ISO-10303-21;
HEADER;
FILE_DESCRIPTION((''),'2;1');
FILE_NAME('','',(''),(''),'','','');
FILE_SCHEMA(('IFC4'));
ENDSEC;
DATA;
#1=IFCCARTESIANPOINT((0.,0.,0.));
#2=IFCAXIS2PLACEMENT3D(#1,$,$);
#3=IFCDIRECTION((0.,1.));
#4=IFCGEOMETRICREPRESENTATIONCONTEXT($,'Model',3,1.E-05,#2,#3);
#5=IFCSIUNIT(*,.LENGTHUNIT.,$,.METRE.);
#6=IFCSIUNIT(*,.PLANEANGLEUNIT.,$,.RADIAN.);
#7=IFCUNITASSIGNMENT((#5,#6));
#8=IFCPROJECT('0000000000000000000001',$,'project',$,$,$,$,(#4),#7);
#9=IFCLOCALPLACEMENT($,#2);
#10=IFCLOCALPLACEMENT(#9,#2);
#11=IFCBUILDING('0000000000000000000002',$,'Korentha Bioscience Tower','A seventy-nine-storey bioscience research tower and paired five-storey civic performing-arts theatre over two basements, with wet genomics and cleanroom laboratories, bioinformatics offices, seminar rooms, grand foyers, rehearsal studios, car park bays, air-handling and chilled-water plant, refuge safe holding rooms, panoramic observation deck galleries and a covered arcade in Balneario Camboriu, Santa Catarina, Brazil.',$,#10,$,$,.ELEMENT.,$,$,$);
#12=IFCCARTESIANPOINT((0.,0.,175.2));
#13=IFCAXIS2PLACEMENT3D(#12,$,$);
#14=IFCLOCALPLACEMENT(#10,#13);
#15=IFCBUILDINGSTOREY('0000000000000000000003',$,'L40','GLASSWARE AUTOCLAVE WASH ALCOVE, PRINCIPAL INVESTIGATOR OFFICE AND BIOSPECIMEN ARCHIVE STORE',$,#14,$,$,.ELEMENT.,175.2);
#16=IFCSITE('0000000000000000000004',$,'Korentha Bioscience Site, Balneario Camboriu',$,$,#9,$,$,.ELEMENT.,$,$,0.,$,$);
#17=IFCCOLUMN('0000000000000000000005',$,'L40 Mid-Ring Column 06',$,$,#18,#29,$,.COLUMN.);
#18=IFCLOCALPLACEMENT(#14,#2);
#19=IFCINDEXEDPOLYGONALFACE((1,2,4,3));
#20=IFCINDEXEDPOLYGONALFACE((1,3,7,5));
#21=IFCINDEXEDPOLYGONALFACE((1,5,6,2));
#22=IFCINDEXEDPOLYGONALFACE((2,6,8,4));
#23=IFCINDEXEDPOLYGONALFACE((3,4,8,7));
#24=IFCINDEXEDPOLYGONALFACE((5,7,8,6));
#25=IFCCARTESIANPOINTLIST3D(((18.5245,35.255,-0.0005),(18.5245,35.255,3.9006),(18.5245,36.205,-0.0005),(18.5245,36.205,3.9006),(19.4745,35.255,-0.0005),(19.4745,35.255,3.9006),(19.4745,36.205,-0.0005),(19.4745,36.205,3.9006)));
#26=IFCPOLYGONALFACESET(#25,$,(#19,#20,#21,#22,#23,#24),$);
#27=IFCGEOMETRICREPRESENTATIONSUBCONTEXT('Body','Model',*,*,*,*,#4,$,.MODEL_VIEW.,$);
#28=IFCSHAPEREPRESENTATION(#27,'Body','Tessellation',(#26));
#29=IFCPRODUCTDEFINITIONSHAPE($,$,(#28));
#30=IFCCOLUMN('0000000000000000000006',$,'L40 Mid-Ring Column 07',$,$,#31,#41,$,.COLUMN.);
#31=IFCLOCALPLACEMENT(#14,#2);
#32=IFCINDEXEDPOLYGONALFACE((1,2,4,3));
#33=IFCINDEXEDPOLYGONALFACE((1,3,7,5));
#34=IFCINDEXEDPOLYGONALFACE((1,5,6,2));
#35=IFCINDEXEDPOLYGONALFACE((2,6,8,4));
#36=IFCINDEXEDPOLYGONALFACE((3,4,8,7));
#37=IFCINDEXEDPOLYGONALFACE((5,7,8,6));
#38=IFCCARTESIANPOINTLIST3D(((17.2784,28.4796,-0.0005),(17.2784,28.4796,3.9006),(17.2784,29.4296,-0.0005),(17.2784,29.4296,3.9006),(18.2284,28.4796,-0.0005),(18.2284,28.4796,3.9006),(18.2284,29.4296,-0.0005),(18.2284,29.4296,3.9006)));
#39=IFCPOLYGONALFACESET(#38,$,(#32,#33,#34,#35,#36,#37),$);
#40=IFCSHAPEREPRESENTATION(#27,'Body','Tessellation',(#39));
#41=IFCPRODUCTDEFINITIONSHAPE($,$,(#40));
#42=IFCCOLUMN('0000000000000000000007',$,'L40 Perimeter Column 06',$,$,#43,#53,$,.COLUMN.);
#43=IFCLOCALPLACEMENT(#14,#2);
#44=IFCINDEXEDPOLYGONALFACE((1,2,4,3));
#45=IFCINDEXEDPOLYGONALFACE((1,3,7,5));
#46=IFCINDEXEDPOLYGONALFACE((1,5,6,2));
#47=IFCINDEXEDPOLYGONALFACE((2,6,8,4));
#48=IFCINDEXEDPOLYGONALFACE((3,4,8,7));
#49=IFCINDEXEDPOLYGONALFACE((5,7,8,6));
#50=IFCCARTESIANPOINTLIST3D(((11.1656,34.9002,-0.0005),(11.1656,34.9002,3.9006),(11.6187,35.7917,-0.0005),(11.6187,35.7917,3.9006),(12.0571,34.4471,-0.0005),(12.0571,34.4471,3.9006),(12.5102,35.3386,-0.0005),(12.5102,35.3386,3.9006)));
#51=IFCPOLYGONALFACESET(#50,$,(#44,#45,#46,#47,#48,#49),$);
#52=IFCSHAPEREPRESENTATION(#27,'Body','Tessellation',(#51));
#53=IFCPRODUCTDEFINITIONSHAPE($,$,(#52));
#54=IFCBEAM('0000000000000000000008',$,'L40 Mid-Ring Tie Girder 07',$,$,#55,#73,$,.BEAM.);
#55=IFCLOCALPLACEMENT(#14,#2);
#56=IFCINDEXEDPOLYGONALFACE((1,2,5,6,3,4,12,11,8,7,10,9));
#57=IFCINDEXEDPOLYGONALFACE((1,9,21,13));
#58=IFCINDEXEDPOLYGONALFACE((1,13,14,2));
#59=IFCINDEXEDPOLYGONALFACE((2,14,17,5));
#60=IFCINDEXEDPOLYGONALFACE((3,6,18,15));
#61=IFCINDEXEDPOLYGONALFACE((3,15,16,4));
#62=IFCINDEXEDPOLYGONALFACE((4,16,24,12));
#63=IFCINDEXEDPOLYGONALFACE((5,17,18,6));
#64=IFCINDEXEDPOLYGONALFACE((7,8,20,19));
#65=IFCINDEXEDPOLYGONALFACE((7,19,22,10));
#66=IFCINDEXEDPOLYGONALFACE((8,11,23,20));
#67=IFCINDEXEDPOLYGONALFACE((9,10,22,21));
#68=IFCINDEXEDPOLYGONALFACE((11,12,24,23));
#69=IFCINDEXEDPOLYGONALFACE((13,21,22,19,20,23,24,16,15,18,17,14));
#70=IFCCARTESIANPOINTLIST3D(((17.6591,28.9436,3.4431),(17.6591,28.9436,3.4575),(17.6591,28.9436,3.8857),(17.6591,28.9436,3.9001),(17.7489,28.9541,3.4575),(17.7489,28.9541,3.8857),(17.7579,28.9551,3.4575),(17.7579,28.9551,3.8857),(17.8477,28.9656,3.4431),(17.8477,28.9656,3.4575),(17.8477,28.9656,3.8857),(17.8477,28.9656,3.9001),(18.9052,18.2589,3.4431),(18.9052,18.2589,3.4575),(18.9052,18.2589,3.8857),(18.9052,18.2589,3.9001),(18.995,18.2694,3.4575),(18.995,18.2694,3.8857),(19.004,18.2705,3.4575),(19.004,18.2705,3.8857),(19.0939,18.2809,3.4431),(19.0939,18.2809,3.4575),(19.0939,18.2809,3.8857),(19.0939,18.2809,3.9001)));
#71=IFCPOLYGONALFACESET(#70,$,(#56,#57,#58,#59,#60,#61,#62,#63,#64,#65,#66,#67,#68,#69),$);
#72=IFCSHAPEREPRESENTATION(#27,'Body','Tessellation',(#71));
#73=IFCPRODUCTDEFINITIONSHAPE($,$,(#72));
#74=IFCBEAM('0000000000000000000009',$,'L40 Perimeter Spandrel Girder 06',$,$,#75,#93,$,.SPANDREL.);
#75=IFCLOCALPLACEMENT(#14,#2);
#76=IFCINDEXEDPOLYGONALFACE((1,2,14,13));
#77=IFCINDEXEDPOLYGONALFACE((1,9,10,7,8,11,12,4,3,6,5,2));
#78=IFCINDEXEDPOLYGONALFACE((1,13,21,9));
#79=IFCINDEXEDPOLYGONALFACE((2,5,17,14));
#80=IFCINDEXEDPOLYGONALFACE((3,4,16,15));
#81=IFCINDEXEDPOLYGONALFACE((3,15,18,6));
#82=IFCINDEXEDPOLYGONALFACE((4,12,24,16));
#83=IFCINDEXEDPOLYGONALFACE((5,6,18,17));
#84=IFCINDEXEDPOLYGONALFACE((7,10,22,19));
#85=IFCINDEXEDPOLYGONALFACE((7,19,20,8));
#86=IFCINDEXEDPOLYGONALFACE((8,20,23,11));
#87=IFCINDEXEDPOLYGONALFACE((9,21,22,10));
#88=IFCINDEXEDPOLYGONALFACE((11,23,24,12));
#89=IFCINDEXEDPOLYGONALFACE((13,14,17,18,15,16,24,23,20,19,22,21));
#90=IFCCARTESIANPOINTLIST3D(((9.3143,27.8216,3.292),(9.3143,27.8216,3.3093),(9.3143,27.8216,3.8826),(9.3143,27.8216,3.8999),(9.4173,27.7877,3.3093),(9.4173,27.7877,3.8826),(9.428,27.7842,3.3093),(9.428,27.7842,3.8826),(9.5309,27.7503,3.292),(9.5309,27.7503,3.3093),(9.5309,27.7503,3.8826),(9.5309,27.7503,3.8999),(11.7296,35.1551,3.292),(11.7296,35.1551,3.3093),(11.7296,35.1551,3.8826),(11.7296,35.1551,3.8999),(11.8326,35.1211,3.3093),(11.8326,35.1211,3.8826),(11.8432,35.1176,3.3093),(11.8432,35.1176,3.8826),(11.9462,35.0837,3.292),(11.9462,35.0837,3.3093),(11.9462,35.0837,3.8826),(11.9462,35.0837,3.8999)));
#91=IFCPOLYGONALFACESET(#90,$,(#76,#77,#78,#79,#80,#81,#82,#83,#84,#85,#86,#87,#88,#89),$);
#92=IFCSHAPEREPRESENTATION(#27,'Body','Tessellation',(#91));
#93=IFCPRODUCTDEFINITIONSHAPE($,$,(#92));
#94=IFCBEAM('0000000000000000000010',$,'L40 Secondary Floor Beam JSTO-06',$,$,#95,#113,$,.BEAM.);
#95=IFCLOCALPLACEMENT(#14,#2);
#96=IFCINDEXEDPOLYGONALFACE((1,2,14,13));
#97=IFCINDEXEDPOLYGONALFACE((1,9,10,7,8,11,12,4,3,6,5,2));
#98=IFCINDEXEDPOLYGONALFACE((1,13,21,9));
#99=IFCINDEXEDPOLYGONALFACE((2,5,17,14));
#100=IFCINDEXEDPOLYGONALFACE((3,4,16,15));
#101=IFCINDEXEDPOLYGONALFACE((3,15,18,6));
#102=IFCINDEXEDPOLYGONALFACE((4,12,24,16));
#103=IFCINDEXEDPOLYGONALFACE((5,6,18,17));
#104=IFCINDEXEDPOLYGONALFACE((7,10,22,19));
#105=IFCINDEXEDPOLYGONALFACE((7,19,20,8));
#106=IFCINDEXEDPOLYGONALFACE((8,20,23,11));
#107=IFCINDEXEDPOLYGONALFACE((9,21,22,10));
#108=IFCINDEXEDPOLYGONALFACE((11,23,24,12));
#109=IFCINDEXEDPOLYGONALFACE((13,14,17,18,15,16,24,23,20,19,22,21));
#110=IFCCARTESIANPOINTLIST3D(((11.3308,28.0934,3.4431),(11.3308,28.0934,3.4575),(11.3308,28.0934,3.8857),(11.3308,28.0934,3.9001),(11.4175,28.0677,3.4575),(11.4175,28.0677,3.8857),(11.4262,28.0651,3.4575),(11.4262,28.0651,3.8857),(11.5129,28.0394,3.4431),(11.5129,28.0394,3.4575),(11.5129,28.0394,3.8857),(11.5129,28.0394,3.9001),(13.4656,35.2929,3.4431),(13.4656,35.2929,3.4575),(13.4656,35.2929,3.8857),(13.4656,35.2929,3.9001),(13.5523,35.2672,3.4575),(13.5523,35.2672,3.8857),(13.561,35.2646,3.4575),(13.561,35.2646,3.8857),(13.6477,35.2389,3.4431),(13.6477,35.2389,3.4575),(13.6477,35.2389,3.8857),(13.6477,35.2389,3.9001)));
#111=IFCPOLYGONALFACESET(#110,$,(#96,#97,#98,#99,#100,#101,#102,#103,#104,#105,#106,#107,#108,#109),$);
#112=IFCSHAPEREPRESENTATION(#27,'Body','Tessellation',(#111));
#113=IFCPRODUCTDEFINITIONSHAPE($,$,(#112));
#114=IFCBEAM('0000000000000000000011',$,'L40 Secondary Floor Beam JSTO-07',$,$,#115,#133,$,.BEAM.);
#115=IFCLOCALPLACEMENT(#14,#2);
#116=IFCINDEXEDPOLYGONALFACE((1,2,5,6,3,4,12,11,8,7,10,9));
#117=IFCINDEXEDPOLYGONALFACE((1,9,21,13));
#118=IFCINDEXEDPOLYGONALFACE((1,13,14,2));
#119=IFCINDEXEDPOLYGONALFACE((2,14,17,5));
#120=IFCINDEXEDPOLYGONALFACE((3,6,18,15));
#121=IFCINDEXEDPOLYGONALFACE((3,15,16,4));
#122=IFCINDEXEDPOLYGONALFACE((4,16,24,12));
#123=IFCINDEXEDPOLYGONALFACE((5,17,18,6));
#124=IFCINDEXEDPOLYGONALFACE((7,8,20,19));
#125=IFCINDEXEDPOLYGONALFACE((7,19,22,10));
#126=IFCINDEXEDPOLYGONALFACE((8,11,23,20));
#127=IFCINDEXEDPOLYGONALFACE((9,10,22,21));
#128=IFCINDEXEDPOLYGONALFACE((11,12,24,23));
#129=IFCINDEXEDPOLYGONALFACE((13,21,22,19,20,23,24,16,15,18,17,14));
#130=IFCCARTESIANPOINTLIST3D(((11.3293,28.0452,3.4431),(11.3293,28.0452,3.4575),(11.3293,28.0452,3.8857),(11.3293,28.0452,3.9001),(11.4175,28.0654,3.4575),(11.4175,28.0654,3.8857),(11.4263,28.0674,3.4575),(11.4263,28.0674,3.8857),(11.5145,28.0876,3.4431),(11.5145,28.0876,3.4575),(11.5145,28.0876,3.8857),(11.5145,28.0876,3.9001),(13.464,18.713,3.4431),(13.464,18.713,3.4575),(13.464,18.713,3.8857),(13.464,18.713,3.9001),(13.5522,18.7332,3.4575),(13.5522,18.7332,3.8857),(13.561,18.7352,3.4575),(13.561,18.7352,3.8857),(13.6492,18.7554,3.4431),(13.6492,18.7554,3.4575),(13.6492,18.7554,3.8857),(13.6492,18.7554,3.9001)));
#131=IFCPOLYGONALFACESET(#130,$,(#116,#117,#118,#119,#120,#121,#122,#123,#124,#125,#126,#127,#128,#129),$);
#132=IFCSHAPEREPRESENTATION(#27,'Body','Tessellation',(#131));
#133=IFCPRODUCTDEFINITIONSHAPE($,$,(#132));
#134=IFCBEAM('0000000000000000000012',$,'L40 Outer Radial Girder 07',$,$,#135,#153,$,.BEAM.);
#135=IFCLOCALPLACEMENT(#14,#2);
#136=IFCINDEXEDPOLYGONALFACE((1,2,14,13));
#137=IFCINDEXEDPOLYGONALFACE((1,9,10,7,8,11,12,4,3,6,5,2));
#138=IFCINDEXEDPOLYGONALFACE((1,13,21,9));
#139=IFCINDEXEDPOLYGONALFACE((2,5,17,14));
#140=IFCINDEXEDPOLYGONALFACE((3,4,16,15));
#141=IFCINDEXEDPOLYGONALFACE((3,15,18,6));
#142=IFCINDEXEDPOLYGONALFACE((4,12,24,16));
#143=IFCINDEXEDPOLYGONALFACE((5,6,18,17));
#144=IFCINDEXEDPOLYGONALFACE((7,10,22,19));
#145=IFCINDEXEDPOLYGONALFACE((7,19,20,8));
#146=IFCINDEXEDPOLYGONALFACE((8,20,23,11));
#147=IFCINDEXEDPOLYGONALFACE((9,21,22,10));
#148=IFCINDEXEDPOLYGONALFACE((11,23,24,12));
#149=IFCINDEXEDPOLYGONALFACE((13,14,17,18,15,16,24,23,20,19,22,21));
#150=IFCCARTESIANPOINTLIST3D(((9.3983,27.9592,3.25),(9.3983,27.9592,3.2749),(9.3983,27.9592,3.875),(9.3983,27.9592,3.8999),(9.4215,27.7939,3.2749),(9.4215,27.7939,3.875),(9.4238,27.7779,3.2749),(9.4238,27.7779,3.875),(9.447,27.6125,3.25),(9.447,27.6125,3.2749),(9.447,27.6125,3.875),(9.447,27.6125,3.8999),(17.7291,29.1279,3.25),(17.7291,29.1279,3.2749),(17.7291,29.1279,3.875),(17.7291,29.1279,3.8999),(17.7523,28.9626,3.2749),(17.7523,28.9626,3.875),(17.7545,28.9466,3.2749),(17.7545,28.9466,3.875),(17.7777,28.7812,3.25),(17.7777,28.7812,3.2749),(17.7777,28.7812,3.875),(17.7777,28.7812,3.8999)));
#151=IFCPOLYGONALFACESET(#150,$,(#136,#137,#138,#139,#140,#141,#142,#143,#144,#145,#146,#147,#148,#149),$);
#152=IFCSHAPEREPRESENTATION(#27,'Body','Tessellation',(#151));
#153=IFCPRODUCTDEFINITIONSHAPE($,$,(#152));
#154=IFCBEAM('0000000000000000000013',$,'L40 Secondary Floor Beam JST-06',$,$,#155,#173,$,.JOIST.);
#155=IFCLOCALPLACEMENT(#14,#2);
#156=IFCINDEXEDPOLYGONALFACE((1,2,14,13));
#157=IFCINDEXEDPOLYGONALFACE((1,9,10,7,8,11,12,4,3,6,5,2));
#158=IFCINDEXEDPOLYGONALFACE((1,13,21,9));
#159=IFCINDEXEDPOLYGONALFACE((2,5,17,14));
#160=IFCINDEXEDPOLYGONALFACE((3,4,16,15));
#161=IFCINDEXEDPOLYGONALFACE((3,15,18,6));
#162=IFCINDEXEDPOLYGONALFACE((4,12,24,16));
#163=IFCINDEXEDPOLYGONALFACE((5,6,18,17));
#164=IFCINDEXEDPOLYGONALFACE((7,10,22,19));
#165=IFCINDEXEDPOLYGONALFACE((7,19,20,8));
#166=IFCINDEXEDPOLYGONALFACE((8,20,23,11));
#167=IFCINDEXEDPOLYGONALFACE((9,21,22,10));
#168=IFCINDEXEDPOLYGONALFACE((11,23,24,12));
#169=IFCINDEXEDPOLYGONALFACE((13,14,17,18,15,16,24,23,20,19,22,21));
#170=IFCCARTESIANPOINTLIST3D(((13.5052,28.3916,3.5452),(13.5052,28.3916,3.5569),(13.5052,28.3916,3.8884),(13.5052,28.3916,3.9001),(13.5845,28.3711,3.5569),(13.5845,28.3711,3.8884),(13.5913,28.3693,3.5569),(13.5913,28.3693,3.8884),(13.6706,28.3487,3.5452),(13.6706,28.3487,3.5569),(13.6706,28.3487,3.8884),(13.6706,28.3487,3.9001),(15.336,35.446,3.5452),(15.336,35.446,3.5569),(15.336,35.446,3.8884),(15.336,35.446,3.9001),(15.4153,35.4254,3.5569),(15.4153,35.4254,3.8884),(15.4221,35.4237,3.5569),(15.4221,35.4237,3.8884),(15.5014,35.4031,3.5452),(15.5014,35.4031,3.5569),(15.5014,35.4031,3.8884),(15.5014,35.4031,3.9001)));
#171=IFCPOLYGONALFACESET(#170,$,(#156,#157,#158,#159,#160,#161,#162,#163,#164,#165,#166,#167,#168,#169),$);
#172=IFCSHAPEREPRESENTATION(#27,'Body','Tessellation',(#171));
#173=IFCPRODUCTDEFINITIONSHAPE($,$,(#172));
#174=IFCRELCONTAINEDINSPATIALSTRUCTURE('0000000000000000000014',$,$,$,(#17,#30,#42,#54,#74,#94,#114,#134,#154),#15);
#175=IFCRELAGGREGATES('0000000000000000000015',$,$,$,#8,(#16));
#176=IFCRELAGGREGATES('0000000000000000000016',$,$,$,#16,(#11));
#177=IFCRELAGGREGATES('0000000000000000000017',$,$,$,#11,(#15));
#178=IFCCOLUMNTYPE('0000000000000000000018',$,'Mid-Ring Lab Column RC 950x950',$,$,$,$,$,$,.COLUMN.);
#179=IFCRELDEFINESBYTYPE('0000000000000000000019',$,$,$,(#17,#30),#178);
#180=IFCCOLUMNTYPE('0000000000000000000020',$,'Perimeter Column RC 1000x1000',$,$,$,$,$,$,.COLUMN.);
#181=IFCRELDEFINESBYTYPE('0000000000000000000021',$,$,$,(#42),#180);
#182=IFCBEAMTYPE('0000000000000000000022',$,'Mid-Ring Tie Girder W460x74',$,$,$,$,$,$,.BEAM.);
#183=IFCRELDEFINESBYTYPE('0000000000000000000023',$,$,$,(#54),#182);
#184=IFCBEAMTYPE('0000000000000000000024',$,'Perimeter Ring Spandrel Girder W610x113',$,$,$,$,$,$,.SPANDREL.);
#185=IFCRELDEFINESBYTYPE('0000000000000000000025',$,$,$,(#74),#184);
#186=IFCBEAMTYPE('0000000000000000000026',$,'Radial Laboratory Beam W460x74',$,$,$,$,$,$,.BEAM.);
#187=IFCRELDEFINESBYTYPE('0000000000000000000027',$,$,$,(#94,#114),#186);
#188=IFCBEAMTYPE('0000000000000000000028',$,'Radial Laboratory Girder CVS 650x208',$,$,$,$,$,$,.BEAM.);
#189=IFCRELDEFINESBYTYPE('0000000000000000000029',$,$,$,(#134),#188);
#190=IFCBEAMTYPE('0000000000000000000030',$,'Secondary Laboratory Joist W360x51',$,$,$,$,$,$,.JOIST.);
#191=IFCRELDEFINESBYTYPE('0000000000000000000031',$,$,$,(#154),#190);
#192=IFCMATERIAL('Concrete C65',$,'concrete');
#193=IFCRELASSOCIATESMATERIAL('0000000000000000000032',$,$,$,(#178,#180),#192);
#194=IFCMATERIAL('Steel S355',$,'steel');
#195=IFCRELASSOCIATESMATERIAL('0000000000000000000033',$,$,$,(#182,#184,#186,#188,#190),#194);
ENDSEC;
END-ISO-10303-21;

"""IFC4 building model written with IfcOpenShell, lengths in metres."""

from ifc_helpers import new_model, si_unit, direction, frame, origin, origin_2d, place, context, subcontext, project, spatial, rectangle, i_section, extrude, material, material_profile, profile_set, type_object, element, save


model = new_model("IFC4")

# Units and contexts
model_context = context("Model", 3, precision=1e-05, world=origin(), true_north=direction((0.0, 1.0)))
body_context = subcontext(model_context, "Body", "Model", "MODEL_VIEW")
ifc_project = project(units=[si_unit("LENGTHUNIT", "METRE"), si_unit("PLANEANGLEUNIT", "RADIAN")], contexts=[model_context])

# Site, building, storey
site_placement = place(None, origin())
site = spatial("IfcSite", under=ifc_project, at=site_placement, Name="Korentha Bioscience Site, Balneario Camboriu", CompositionType="ELEMENT", RefElevation=0.0)
building_placement = place(site_placement, origin())
building = spatial("IfcBuilding", under=site, at=building_placement, Name="Korentha Bioscience Tower", Description="A seventy-nine-storey bioscience research tower and paired five-storey civic performing-arts theatre over two basements, with wet genomics and cleanroom laboratories, bioinformatics offices, seminar rooms, grand foyers, rehearsal studios, car park bays, air-handling and chilled-water plant, refuge safe holding rooms, panoramic observation deck galleries and a covered arcade in Balneario Camboriu, Santa Catarina, Brazil.", CompositionType="ELEMENT")
storey_placement = place(building_placement, frame((0.0, 0.0, 175.2)))
storey = spatial("IfcBuildingStorey", under=building, at=storey_placement, Name="L40", Description="GLASSWARE AUTOCLAVE WASH ALCOVE, PRINCIPAL INVESTIGATOR OFFICE AND BIOSPECIMEN ARCHIVE STORE", CompositionType="ELEMENT", Elevation=175.2)

# Columns
ifc_material_1 = material(Name="Concrete C65", Category="concrete")
ifc_material_profile_1 = material_profile(ifc_material_1, rectangle(XDim=0.95, YDim=0.95, at=origin_2d()), Name="Concrete C65")
ifc_profile_set_1 = profile_set([ifc_material_profile_1], Name="Concrete C65 (COL-MR09)")
column_type_1 = type_object("IfcColumnType", Name="Mid-Ring Lab Column RC 950x950", PredefinedType="COLUMN", material=ifc_profile_set_1)
for number, where, z_axis, x_axis, name in (
    (1, (18.9995, 35.73, -0.0005), (0.0, 0.0, 1.0), (1.0, 0.0, 0.0), "L40 Mid-Ring Column 06"),
    (2, (17.7534, 28.9546, -0.0005), (0.0, 0.0, 1.0), (1.0, 0.0, 0.0), "L40 Mid-Ring Column 07"),
):
    element("IfcColumn", number, at=place(storey_placement, frame(where, z_axis=z_axis, x_axis=x_axis)), inside=storey, type_object=column_type_1, Name=name, PredefinedType="COLUMN", context=body_context, shape_type="SweptSolid", body=[
        extrude(rectangle(XDim=0.95, YDim=0.95, at=origin_2d()), origin(), (0.0, 0.0, 1.0), 3.9011),
    ])
ifc_material_profile_2 = material_profile(ifc_material_1, rectangle(XDim=1.0, YDim=1.0, at=origin_2d()), Name="Concrete C65")
ifc_profile_set_2 = profile_set([ifc_material_profile_2], Name="Concrete C65 (COL-P10)")
column_type_2 = type_object("IfcColumnType", Name="Perimeter Column RC 1000x1000", PredefinedType="COLUMN", material=ifc_profile_set_2)
column_placement = place(storey_placement, frame((11.8379, 35.1194, -0.0005), z_axis=(0.0, 0.0, 1.0), x_axis=(0.453057, 0.891481, 0.0)))
element("IfcColumn", 3, at=column_placement, inside=storey, type_object=column_type_2, Name="L40 Perimeter Column 06", PredefinedType="COLUMN", context=body_context, shape_type="SweptSolid", body=[
    extrude(rectangle(XDim=1.0, YDim=1.0, at=origin_2d()), origin(), (0.0, 0.0, 1.0), 3.9011),
])

# Beams
ifc_material_2 = material(Name="Steel S355", Category="steel")
ifc_material_profile_3 = material_profile(ifc_material_2, i_section(OverallWidth=0.1899, OverallDepth=0.457, WebThickness=0.009, FlangeThickness=0.0144, at=origin_2d()), Name="Steel S355")
ifc_profile_set_3 = profile_set([ifc_material_profile_3], Name="Steel S355 (MB-460)")
beam_type_1 = type_object("IfcBeamType", Name="Mid-Ring Tie Girder W460x74", PredefinedType="BEAM", material=ifc_profile_set_3)
beam_1_placement = place(storey_placement, frame((17.7534, 28.9546, 3.6716), z_axis=(0.11584, -0.993268, 0.0), x_axis=(0.993268, 0.11584, 0.0)))
element("IfcBeam", 4, at=beam_1_placement, inside=storey, type_object=beam_type_1, Name="L40 Mid-Ring Tie Girder 07", PredefinedType="BEAM", context=body_context, shape_type="SweptSolid", body=[
    extrude(i_section(OverallWidth=0.1899, OverallDepth=0.457, WebThickness=0.009, FlangeThickness=0.0144, at=origin_2d()), origin(), (0.0, 0.0, 1.0), 10.7571),
])
ifc_material_profile_4 = material_profile(ifc_material_2, i_section(OverallWidth=0.228, OverallDepth=0.6079, WebThickness=0.0112, FlangeThickness=0.0173, at=origin_2d()), Name="Steel S355")
ifc_profile_set_4 = profile_set([ifc_material_profile_4], Name="Steel S355 (SB-610)")
beam_type_2 = type_object("IfcBeamType", Name="Perimeter Ring Spandrel Girder W610x113", PredefinedType="SPANDREL", material=ifc_profile_set_4)
beam_2_placement = place(storey_placement, frame((11.8379, 35.1194, 3.5959), z_axis=(-0.31282, -0.949812, 0.0), x_axis=(0.949812, -0.31282, 0.0)))
element("IfcBeam", 5, at=beam_2_placement, inside=storey, type_object=beam_type_2, Name="L40 Perimeter Spandrel Girder 06", PredefinedType="SPANDREL", context=body_context, shape_type="SweptSolid", body=[
    extrude(i_section(OverallWidth=0.228, OverallDepth=0.6079, WebThickness=0.0112, FlangeThickness=0.0173, at=origin_2d()), origin(), (0.0, 0.0, 1.0), 7.7209),
])
ifc_material_profile_5 = material_profile(ifc_material_2, i_section(OverallWidth=0.1899, OverallDepth=0.457, WebThickness=0.009, FlangeThickness=0.0144, at=origin_2d()), Name="Steel S355")
ifc_profile_set_5 = profile_set([ifc_material_profile_5], Name="Steel S355 (RB-460)")
beam_type_3 = type_object("IfcBeamType", Name="Radial Laboratory Beam W460x74", PredefinedType="BEAM", material=ifc_profile_set_5)
beam_3_placement = place(storey_placement, frame((13.5566, 35.2659, 3.6716), z_axis=(-0.284283, -0.95874, 0.0), x_axis=(0.95874, -0.284283, 0.0)))
element("IfcBeam", 6, at=beam_3_placement, inside=storey, type_object=beam_type_3, Name="L40 Secondary Floor Beam JSTO-06", PredefinedType="BEAM", context=body_context, shape_type="SweptSolid", body=[
    extrude(i_section(OverallWidth=0.1899, OverallDepth=0.457, WebThickness=0.009, FlangeThickness=0.0144, at=origin_2d()), origin(), (0.0, 0.0, 1.0), 7.5093),
])
beam_4_placement = place(storey_placement, frame((11.4219, 28.0664, 3.6716), z_axis=(0.222991, -0.974821, 0.0), x_axis=(0.974821, 0.222991, 0.0)))
element("IfcBeam", 7, at=beam_4_placement, inside=storey, type_object=beam_type_3, Name="L40 Secondary Floor Beam JSTO-07", PredefinedType="BEAM", context=body_context, shape_type="SweptSolid", body=[
    extrude(i_section(OverallWidth=0.1899, OverallDepth=0.457, WebThickness=0.009, FlangeThickness=0.0144, at=origin_2d()), origin(), (0.0, 0.0, 1.0), 9.5732),
])
ifc_material_profile_6 = material_profile(ifc_material_2, i_section(OverallWidth=0.3501, OverallDepth=0.6499, WebThickness=0.0161, FlangeThickness=0.0249, at=origin_2d()), Name="Steel S355")
ifc_profile_set_6 = profile_set([ifc_material_profile_6], Name="Steel S355 (RB-650)")
beam_type_4 = type_object("IfcBeamType", Name="Radial Laboratory Girder CVS 650x208", PredefinedType="BEAM", material=ifc_profile_set_6)
beam_5_placement = place(storey_placement, frame((17.7534, 28.9546, 3.575), z_axis=(-0.990303, -0.138926, 0.0), x_axis=(0.138926, -0.990303, 0.0)))
element("IfcBeam", 8, at=beam_5_placement, inside=storey, type_object=beam_type_4, Name="L40 Outer Radial Girder 07", PredefinedType="BEAM", context=body_context, shape_type="SweptSolid", body=[
    extrude(i_section(OverallWidth=0.3501, OverallDepth=0.6499, WebThickness=0.0161, FlangeThickness=0.0249, at=origin_2d()), origin(), (0.0, 0.0, 1.0), 8.4124),
])
ifc_material_profile_7 = material_profile(ifc_material_2, i_section(OverallWidth=0.1709, OverallDepth=0.355, WebThickness=0.0071, FlangeThickness=0.0117, at=origin_2d()), Name="Steel S355")
ifc_profile_set_7 = profile_set([ifc_material_profile_7], Name="Steel S355 (JB-360)")
beam_type_5 = type_object("IfcBeamType", Name="Secondary Laboratory Joist W360x51", PredefinedType="JOIST", material=ifc_profile_set_7)
beam_6_placement = place(storey_placement, frame((15.4187, 35.4246, 3.7227), z_axis=(-0.251204, -0.967934, 0.0), x_axis=(0.967934, -0.251204, 0.0)))
element("IfcBeam", 9, at=beam_6_placement, inside=storey, type_object=beam_type_5, Name="L40 Secondary Floor Beam JST-06", PredefinedType="JOIST", context=body_context, shape_type="SweptSolid", body=[
    extrude(i_section(OverallWidth=0.1709, OverallDepth=0.355, WebThickness=0.0071, FlangeThickness=0.0117, at=origin_2d()), origin(), (0.0, 0.0, 1.0), 7.2881),
])

save(model, "model.ifc")
